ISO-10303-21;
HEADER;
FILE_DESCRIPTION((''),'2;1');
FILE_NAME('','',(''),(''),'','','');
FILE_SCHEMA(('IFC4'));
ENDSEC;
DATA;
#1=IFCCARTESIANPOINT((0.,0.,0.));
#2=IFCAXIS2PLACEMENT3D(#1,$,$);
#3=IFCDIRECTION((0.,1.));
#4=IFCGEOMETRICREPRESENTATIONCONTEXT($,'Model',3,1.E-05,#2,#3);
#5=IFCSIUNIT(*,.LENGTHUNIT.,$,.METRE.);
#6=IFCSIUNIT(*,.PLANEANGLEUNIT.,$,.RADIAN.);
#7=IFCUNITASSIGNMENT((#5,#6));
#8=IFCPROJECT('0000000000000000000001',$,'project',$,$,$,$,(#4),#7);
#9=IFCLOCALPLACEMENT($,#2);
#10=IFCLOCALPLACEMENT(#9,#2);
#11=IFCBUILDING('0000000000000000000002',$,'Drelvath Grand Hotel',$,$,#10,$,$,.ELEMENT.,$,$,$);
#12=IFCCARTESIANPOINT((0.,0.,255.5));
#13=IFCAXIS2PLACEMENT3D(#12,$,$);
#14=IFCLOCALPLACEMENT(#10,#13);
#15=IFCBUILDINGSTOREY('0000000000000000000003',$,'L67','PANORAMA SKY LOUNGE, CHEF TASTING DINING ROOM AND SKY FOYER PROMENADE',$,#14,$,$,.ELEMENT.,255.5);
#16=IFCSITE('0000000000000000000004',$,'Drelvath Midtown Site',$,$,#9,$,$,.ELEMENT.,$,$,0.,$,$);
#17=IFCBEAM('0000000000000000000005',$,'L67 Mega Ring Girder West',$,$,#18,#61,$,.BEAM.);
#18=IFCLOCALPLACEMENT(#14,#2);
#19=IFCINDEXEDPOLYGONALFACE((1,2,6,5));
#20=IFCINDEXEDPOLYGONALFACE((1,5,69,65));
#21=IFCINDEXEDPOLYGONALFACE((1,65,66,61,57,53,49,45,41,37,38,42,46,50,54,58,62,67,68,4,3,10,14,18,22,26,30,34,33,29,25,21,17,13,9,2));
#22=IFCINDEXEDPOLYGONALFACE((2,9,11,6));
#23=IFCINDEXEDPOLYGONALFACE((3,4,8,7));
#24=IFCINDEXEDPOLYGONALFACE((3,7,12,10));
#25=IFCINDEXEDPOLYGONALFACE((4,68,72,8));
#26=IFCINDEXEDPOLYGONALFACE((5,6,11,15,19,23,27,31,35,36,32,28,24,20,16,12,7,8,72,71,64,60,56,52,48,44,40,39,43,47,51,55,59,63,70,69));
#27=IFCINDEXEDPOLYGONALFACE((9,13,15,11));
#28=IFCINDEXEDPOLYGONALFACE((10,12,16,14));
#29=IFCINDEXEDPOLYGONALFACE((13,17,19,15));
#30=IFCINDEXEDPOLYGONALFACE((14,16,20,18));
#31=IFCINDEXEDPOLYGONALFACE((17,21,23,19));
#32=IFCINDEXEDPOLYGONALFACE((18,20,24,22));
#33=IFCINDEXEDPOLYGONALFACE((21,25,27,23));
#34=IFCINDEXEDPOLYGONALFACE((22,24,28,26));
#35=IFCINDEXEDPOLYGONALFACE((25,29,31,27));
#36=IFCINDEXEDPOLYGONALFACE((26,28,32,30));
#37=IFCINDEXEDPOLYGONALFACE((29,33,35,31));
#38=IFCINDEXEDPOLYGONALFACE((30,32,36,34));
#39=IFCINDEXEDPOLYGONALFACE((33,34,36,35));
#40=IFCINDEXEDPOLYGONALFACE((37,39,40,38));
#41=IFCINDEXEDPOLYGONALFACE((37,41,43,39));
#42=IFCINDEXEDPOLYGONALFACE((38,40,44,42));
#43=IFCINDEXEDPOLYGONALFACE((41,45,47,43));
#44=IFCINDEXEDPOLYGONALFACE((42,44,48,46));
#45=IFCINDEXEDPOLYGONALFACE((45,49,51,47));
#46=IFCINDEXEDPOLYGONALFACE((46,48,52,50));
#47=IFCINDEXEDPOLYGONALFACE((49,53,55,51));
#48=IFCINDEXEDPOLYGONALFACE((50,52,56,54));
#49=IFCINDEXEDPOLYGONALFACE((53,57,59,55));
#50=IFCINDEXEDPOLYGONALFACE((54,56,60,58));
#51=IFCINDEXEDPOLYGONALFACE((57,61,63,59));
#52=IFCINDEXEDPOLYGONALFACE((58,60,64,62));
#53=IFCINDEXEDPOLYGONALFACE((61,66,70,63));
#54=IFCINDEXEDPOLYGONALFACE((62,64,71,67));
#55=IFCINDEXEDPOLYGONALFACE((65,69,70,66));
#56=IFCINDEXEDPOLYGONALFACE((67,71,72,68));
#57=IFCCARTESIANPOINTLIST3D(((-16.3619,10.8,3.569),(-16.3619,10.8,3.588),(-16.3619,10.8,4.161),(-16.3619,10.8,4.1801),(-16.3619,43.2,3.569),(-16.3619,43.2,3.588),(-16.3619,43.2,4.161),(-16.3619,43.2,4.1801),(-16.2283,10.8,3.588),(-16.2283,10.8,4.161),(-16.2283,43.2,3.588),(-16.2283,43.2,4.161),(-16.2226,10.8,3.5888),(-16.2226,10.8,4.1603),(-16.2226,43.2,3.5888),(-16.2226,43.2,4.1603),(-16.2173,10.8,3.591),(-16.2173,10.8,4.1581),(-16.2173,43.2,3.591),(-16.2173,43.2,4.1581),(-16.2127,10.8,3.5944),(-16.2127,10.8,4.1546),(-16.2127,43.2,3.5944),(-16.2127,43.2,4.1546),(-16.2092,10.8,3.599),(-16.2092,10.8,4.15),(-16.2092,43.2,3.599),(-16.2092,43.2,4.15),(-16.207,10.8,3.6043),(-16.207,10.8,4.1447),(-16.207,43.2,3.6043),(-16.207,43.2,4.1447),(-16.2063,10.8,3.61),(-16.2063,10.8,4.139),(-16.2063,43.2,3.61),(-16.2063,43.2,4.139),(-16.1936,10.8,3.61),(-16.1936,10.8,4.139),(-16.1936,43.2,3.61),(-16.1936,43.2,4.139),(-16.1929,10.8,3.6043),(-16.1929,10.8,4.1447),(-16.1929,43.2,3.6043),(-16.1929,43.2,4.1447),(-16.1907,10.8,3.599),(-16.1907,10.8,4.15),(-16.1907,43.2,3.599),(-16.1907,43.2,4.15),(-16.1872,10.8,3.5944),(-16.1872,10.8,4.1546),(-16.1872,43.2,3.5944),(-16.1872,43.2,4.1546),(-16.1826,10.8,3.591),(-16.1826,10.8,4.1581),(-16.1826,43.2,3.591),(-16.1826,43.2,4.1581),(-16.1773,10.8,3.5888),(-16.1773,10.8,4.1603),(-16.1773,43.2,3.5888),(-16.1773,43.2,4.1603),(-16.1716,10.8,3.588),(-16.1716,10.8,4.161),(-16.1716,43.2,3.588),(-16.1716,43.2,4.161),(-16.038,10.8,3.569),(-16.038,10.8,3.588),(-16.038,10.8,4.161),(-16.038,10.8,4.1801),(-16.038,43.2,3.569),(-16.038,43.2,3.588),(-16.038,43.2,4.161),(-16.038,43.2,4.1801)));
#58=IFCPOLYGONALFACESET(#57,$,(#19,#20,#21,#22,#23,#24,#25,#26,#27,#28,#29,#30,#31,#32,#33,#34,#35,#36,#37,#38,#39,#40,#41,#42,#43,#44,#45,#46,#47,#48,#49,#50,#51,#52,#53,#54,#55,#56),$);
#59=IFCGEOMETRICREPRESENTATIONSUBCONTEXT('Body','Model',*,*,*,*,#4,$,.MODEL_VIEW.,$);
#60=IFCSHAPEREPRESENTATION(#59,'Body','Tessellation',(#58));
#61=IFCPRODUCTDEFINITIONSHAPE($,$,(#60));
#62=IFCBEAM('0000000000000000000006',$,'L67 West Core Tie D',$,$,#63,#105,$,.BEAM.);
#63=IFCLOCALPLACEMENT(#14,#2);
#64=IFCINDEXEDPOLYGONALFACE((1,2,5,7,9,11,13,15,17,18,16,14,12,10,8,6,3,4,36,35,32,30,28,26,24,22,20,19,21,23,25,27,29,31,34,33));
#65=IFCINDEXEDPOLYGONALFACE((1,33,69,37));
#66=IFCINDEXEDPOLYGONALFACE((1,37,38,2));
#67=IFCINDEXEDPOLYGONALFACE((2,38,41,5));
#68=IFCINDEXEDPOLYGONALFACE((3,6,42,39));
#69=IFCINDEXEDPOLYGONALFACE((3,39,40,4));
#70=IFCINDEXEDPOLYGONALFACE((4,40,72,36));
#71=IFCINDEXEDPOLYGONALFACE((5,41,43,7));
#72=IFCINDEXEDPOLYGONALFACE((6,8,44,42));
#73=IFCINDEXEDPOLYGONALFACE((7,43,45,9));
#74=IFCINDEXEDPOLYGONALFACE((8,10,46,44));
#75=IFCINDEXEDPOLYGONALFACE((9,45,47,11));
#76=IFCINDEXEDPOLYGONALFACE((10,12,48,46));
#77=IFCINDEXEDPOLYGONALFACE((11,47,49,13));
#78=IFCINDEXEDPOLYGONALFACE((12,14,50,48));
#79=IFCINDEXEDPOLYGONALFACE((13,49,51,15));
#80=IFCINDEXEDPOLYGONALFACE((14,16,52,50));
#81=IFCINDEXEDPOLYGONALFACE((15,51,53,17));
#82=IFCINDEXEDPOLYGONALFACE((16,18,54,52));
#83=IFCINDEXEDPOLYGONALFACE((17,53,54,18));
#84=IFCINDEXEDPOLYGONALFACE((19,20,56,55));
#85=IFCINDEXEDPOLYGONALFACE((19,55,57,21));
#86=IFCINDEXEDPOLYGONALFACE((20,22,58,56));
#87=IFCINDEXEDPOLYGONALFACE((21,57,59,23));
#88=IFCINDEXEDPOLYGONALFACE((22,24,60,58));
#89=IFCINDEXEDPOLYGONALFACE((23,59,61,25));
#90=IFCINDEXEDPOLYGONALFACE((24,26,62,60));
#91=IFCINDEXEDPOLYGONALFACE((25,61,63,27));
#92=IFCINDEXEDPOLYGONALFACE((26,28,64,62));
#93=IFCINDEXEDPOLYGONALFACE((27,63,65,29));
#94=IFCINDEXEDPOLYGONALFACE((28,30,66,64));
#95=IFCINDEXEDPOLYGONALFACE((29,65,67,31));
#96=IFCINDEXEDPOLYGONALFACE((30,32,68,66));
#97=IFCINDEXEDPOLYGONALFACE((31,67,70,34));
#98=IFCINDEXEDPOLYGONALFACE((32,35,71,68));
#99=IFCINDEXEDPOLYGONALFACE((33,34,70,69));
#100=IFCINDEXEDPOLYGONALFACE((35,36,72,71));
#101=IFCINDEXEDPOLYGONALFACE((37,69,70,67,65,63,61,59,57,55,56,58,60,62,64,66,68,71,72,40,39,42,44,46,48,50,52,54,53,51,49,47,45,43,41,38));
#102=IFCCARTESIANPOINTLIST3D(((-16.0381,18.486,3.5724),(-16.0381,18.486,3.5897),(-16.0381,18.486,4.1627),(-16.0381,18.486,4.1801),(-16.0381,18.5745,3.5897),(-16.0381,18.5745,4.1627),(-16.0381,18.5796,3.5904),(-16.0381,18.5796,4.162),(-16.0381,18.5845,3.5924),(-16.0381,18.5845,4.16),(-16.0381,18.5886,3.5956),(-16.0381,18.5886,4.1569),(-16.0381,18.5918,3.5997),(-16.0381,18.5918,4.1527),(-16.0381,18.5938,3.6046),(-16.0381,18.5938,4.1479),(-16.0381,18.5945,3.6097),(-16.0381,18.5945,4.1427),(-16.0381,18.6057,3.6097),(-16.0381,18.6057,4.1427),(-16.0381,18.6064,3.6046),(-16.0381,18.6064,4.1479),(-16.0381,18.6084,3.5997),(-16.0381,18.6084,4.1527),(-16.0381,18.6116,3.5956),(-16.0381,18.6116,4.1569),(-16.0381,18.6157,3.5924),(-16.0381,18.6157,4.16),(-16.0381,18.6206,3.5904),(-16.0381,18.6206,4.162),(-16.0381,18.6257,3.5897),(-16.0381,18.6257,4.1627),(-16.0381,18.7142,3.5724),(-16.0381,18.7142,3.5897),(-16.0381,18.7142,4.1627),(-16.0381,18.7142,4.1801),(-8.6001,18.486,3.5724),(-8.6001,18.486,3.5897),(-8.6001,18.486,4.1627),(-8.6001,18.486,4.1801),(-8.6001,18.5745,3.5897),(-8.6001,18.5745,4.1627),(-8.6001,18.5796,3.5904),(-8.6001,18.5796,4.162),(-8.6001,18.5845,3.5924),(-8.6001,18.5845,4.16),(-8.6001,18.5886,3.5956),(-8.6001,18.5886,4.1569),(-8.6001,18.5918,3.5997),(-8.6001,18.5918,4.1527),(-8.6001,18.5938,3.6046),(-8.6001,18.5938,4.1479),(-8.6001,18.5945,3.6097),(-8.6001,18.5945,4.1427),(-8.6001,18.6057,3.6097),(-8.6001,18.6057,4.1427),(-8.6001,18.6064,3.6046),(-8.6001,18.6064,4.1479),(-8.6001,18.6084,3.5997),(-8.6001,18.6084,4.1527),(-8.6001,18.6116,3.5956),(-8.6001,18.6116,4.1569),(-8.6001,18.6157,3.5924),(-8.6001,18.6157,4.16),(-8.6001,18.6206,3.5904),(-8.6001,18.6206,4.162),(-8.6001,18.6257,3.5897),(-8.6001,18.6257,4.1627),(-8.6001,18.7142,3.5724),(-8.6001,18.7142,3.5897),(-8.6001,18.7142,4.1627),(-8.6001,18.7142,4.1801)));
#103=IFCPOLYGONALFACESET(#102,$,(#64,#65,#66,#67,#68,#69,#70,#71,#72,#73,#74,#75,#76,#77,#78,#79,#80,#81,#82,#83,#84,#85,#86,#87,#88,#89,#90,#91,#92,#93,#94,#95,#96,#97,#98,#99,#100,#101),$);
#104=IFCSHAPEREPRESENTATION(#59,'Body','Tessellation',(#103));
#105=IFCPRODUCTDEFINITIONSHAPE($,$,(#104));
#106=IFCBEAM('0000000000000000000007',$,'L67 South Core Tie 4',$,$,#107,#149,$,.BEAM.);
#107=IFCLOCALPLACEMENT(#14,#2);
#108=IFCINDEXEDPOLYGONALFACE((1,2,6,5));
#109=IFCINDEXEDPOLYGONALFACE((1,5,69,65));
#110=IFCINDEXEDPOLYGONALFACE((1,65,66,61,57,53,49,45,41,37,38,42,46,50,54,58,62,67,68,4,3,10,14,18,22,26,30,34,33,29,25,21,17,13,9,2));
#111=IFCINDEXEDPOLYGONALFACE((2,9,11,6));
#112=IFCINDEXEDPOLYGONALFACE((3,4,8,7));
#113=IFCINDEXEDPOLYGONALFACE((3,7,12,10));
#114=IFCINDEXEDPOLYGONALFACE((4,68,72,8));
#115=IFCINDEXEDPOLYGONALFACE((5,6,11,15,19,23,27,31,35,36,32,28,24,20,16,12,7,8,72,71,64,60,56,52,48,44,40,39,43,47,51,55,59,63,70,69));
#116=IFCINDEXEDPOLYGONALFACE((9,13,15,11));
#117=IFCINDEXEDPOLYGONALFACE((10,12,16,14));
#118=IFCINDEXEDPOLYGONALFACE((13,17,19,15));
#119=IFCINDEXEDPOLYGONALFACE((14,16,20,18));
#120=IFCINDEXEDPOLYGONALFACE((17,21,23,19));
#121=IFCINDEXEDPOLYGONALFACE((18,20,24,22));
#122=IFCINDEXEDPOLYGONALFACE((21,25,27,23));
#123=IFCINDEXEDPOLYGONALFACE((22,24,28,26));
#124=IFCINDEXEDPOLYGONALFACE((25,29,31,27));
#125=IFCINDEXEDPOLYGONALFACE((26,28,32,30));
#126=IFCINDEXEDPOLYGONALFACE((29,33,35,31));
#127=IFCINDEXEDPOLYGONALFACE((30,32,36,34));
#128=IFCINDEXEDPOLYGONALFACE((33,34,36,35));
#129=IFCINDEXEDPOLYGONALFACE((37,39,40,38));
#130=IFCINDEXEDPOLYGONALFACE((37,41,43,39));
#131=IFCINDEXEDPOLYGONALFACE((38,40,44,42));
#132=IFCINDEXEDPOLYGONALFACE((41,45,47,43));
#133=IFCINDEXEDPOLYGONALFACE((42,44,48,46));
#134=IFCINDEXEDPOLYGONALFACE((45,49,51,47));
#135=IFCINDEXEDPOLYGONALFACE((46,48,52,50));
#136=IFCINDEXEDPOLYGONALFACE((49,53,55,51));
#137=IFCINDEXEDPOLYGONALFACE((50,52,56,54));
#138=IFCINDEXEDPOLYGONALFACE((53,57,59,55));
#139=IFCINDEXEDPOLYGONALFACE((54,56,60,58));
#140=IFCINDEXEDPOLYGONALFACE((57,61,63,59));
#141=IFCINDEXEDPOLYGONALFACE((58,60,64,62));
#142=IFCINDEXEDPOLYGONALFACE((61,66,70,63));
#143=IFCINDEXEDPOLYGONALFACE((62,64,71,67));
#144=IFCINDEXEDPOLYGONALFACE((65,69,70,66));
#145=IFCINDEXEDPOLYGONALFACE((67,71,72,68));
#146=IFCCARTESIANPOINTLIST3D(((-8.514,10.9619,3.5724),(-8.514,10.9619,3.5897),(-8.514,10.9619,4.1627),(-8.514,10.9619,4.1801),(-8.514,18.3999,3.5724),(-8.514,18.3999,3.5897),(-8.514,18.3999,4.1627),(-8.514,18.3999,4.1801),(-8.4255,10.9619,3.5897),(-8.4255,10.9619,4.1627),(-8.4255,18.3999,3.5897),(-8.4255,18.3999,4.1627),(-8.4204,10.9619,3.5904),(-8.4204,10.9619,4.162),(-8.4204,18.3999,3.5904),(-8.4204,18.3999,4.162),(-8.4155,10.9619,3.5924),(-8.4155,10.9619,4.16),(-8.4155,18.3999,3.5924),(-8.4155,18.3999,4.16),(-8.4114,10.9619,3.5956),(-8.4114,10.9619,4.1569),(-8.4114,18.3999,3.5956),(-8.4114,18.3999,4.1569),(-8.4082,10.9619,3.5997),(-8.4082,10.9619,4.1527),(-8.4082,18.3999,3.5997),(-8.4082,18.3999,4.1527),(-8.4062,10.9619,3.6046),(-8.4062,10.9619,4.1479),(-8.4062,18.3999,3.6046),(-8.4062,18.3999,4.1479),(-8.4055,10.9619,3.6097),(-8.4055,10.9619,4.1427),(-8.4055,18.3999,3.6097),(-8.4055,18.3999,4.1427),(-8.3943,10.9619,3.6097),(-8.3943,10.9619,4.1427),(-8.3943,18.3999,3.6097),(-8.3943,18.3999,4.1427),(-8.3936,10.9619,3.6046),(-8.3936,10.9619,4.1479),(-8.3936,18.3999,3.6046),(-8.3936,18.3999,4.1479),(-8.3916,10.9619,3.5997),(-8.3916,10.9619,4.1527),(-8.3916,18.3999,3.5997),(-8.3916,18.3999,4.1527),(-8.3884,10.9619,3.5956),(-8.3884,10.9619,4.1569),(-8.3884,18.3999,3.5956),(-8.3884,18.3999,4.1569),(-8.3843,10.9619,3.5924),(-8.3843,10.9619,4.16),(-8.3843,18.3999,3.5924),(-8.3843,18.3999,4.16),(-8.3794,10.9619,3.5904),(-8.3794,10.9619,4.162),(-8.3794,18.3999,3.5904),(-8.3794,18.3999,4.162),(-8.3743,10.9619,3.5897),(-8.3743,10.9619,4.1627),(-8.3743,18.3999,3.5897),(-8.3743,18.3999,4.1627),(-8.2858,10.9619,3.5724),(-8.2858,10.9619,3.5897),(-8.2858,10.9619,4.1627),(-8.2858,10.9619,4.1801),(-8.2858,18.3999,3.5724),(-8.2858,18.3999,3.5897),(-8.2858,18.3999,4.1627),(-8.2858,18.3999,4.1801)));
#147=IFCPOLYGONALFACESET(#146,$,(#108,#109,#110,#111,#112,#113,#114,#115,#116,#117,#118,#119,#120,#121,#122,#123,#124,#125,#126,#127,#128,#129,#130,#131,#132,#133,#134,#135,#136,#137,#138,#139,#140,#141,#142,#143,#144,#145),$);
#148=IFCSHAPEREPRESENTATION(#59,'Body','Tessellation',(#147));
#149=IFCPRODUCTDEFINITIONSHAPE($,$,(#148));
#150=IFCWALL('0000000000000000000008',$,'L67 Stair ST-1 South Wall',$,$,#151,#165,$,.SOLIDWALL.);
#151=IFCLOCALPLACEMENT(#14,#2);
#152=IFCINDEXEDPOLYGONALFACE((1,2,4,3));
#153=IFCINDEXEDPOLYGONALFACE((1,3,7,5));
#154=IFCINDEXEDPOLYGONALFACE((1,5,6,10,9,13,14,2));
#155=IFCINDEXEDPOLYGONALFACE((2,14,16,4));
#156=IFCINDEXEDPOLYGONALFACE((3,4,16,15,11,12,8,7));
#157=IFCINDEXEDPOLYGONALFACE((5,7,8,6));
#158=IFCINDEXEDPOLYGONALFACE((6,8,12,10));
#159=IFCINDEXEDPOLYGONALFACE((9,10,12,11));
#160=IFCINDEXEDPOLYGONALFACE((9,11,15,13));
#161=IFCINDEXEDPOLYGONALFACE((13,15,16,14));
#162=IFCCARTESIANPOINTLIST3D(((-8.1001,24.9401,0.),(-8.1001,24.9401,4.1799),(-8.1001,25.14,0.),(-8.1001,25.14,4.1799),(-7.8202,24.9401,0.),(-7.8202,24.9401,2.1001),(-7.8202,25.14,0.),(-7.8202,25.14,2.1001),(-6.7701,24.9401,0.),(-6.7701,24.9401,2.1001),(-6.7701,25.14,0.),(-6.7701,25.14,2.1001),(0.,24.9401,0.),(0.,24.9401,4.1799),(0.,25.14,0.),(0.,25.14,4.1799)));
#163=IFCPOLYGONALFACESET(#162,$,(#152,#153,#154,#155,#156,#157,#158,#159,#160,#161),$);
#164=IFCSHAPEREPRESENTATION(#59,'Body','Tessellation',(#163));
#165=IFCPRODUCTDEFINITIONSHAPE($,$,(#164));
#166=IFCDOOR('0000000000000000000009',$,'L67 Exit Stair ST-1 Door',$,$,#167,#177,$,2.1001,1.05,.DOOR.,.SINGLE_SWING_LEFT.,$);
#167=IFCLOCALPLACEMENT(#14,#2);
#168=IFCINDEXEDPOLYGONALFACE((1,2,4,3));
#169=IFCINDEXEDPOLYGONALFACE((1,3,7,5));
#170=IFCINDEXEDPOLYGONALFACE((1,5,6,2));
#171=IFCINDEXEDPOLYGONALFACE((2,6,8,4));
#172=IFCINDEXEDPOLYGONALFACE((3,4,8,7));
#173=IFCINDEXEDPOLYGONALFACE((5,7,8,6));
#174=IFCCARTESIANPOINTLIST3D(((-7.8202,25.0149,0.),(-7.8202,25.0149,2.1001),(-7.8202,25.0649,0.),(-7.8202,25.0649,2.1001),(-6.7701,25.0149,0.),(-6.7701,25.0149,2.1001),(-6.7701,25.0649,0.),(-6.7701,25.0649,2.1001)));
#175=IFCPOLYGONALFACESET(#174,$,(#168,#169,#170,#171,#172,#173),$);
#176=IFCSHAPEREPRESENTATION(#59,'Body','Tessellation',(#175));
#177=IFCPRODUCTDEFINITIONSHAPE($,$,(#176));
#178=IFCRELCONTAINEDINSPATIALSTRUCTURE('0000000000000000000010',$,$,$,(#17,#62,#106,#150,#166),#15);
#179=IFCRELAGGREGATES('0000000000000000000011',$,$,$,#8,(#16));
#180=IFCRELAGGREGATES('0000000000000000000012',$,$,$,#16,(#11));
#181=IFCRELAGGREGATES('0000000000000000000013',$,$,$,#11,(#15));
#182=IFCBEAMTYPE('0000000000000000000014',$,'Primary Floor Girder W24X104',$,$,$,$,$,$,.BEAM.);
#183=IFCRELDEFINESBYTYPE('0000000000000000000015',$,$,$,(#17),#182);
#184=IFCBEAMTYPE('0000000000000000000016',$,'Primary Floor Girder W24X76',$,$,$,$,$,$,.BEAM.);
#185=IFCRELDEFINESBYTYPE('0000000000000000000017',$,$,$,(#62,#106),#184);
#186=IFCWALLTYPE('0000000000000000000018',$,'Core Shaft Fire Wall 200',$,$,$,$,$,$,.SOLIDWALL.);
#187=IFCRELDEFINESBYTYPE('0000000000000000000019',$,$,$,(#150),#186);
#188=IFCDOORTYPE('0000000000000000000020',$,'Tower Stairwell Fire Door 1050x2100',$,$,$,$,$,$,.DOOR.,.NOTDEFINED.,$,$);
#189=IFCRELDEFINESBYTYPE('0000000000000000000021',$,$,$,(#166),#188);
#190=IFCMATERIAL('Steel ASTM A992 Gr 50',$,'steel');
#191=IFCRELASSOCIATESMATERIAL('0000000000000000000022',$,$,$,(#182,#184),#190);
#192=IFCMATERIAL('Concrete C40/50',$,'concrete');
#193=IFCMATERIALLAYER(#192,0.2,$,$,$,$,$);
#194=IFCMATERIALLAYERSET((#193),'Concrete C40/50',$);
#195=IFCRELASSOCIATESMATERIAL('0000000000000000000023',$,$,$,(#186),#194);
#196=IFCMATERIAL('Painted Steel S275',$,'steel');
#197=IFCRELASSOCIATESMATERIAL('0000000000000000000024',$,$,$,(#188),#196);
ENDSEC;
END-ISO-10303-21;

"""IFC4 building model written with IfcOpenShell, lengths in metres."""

from ifc_helpers import new_model, si_unit, direction, frame, frame_2d, origin, origin_2d, place, context, subcontext, project, spatial, rectangle, i_section, extrude, material, layer, layer_set, material_profile, profile_set, type_object, element, fill, save


model = new_model("IFC4")

# Units and contexts
model_context = context("Model", 3, precision=1e-05, world=origin(), true_north=direction((0.0, 1.0)))
body_context = subcontext(model_context, "Body", "Model", "MODEL_VIEW")
ifc_project = project(units=[si_unit("LENGTHUNIT", "METRE"), si_unit("PLANEANGLEUNIT", "RADIAN")], contexts=[model_context])

# Site, building, storey
site_placement = place(None, origin())
site = spatial("IfcSite", under=ifc_project, at=site_placement, Name="Drelvath Midtown Site", CompositionType="ELEMENT", RefElevation=0.0)
building_placement = place(site_placement, origin())
building = spatial("IfcBuilding", under=site, at=building_placement, Name="Drelvath Grand Hotel", CompositionType="ELEMENT")
storey_placement = place(building_placement, frame((0.0, 0.0, 255.5)))
storey = spatial("IfcBuildingStorey", under=building, at=storey_placement, Name="L67", Description="PANORAMA SKY LOUNGE, CHEF TASTING DINING ROOM AND SKY FOYER PROMENADE", CompositionType="ELEMENT", Elevation=255.5)

# Beams
ifc_material_1 = material(Name="Steel ASTM A992 Gr 50", Category="steel")
ifc_material_profile_1 = material_profile(ifc_material_1, i_section(OverallWidth=0.324, OverallDepth=0.6111, WebThickness=0.0127, FlangeThickness=0.019, FilletRadius=0.022, at=origin_2d()), Name="W24X104")
ifc_profile_set_1 = profile_set([ifc_material_profile_1], Name="Steel ASTM A992 Gr 50")
beam_type_1 = type_object("IfcBeamType", Name="Primary Floor Girder W24X104", PredefinedType="BEAM", material=ifc_profile_set_1)
beam_1_placement = place(storey_placement, frame((-16.2, 10.8, 3.8745), z_axis=(0.0, 1.0, 0.0), x_axis=(-1.0, 0.0, 0.0)))
element("IfcBeam", 1, at=beam_1_placement, inside=storey, type_object=beam_type_1, Name="L67 Mega Ring Girder West", PredefinedType="BEAM", context=body_context, shape_type="SweptSolid", body=[
    extrude(i_section(OverallWidth=0.324, OverallDepth=0.6111, WebThickness=0.0127, FlangeThickness=0.019, FilletRadius=0.022, at=origin_2d()), origin(), (0.0, 0.0, 1.0), 32.3999),
])
ifc_material_profile_2 = material_profile(ifc_material_1, i_section(OverallWidth=0.2283, OverallDepth=0.6077, WebThickness=0.0112, FlangeThickness=0.0173, FilletRadius=0.02, at=origin_2d()), Name="W24X76")
ifc_profile_set_2 = profile_set([ifc_material_profile_2], Name="Steel ASTM A992 Gr 50")
beam_type_2 = type_object("IfcBeamType", Name="Primary Floor Girder W24X76", PredefinedType="BEAM", material=ifc_profile_set_2)
for number, where, z_axis, x_axis, name in (
    (2, (-16.0381, 18.6001, 3.8762), (1.0, 0.0, 0.0), (0.0, 1.0, 0.0), "L67 West Core Tie D"),
    (3, (-8.3999, 10.9619, 3.8762), (0.0, 1.0, 0.0), (-1.0, 0.0, 0.0), "L67 South Core Tie 4"),
):
    element("IfcBeam", number, at=place(storey_placement, frame(where, z_axis=z_axis, x_axis=x_axis)), inside=storey, type_object=beam_type_2, Name=name, PredefinedType="BEAM", context=body_context, shape_type="SweptSolid", body=[
        extrude(i_section(OverallWidth=0.2283, OverallDepth=0.6077, WebThickness=0.0112, FlangeThickness=0.0173, FilletRadius=0.02, at=origin_2d()), origin(), (0.0, 0.0, 1.0), 7.438),
    ])

# Wall, opening, door
ifc_material_2 = material(Name="Concrete C40/50", Category="concrete")
ifc_layer_1 = layer(ifc_material_2, 0.2)
ifc_layer_set_1 = layer_set([ifc_layer_1], Name="Concrete C40/50")
wall_type_1 = type_object("IfcWallType", Name="Core Shaft Fire Wall 200", PredefinedType="SOLIDWALL", material=ifc_layer_set_1)
wall_1_placement = place(storey_placement, frame((-8.1001, 25.04, 0.0), z_axis=(0.0, 0.0, 1.0), x_axis=(1.0, 0.0, 0.0)))
wall_1 = element("IfcWall", 4, at=wall_1_placement, inside=storey, type_object=wall_type_1, Name="L67 Stair ST-1 South Wall", PredefinedType="SOLIDWALL", context=body_context, shape_type="SweptSolid", body=[
    extrude(rectangle(XDim=8.1001, YDim=0.2, at=frame_2d((4.05, 0.0))), origin(), (0.0, 0.0, 1.0), 4.1799),
])
opening_1_placement = place(wall_1_placement, frame((0.28, 0.0, 0.0)))
opening_1 = element("IfcOpeningElement", 5, at=opening_1_placement, cuts=wall_1, PredefinedType="OPENING", context=body_context, shape_type="SweptSolid", body=[
    extrude(rectangle(XDim=1.05, YDim=2.1001, at=frame_2d((0.5249, 1.05))), frame((0.0, 0.1099, 0.0), z_axis=(0.0, -1.0, 0.0), x_axis=(1.0, 0.0, 0.0)), (0.0, 0.0, 1.0), 0.22),
])
ifc_material_3 = material(Name="Painted Steel S275", Category="steel")
door_type_1 = type_object("IfcDoorType", Name="Tower Stairwell Fire Door 1050x2100", OperationType="NOTDEFINED", PredefinedType="DOOR", material=ifc_material_3)
door_1_placement = place(opening_1_placement, origin())
door_1 = element("IfcDoor", 6, at=door_1_placement, inside=storey, type_object=door_type_1, Name="L67 Exit Stair ST-1 Door", OperationType="SINGLE_SWING_LEFT", OverallHeight=2.1001, OverallWidth=1.05, PredefinedType="DOOR", context=body_context, shape_type="SweptSolid", body=[
    extrude(rectangle(XDim=1.05, YDim=2.1001, at=frame_2d((0.5249, 1.05))), frame((0.0, 0.0249, 0.0), z_axis=(0.0, -1.0, 0.0), x_axis=(1.0, 0.0, 0.0)), (0.0, 0.0, 1.0), 0.05),
])
fill(opening_1, door_1)

save(model, "model.ifc")
